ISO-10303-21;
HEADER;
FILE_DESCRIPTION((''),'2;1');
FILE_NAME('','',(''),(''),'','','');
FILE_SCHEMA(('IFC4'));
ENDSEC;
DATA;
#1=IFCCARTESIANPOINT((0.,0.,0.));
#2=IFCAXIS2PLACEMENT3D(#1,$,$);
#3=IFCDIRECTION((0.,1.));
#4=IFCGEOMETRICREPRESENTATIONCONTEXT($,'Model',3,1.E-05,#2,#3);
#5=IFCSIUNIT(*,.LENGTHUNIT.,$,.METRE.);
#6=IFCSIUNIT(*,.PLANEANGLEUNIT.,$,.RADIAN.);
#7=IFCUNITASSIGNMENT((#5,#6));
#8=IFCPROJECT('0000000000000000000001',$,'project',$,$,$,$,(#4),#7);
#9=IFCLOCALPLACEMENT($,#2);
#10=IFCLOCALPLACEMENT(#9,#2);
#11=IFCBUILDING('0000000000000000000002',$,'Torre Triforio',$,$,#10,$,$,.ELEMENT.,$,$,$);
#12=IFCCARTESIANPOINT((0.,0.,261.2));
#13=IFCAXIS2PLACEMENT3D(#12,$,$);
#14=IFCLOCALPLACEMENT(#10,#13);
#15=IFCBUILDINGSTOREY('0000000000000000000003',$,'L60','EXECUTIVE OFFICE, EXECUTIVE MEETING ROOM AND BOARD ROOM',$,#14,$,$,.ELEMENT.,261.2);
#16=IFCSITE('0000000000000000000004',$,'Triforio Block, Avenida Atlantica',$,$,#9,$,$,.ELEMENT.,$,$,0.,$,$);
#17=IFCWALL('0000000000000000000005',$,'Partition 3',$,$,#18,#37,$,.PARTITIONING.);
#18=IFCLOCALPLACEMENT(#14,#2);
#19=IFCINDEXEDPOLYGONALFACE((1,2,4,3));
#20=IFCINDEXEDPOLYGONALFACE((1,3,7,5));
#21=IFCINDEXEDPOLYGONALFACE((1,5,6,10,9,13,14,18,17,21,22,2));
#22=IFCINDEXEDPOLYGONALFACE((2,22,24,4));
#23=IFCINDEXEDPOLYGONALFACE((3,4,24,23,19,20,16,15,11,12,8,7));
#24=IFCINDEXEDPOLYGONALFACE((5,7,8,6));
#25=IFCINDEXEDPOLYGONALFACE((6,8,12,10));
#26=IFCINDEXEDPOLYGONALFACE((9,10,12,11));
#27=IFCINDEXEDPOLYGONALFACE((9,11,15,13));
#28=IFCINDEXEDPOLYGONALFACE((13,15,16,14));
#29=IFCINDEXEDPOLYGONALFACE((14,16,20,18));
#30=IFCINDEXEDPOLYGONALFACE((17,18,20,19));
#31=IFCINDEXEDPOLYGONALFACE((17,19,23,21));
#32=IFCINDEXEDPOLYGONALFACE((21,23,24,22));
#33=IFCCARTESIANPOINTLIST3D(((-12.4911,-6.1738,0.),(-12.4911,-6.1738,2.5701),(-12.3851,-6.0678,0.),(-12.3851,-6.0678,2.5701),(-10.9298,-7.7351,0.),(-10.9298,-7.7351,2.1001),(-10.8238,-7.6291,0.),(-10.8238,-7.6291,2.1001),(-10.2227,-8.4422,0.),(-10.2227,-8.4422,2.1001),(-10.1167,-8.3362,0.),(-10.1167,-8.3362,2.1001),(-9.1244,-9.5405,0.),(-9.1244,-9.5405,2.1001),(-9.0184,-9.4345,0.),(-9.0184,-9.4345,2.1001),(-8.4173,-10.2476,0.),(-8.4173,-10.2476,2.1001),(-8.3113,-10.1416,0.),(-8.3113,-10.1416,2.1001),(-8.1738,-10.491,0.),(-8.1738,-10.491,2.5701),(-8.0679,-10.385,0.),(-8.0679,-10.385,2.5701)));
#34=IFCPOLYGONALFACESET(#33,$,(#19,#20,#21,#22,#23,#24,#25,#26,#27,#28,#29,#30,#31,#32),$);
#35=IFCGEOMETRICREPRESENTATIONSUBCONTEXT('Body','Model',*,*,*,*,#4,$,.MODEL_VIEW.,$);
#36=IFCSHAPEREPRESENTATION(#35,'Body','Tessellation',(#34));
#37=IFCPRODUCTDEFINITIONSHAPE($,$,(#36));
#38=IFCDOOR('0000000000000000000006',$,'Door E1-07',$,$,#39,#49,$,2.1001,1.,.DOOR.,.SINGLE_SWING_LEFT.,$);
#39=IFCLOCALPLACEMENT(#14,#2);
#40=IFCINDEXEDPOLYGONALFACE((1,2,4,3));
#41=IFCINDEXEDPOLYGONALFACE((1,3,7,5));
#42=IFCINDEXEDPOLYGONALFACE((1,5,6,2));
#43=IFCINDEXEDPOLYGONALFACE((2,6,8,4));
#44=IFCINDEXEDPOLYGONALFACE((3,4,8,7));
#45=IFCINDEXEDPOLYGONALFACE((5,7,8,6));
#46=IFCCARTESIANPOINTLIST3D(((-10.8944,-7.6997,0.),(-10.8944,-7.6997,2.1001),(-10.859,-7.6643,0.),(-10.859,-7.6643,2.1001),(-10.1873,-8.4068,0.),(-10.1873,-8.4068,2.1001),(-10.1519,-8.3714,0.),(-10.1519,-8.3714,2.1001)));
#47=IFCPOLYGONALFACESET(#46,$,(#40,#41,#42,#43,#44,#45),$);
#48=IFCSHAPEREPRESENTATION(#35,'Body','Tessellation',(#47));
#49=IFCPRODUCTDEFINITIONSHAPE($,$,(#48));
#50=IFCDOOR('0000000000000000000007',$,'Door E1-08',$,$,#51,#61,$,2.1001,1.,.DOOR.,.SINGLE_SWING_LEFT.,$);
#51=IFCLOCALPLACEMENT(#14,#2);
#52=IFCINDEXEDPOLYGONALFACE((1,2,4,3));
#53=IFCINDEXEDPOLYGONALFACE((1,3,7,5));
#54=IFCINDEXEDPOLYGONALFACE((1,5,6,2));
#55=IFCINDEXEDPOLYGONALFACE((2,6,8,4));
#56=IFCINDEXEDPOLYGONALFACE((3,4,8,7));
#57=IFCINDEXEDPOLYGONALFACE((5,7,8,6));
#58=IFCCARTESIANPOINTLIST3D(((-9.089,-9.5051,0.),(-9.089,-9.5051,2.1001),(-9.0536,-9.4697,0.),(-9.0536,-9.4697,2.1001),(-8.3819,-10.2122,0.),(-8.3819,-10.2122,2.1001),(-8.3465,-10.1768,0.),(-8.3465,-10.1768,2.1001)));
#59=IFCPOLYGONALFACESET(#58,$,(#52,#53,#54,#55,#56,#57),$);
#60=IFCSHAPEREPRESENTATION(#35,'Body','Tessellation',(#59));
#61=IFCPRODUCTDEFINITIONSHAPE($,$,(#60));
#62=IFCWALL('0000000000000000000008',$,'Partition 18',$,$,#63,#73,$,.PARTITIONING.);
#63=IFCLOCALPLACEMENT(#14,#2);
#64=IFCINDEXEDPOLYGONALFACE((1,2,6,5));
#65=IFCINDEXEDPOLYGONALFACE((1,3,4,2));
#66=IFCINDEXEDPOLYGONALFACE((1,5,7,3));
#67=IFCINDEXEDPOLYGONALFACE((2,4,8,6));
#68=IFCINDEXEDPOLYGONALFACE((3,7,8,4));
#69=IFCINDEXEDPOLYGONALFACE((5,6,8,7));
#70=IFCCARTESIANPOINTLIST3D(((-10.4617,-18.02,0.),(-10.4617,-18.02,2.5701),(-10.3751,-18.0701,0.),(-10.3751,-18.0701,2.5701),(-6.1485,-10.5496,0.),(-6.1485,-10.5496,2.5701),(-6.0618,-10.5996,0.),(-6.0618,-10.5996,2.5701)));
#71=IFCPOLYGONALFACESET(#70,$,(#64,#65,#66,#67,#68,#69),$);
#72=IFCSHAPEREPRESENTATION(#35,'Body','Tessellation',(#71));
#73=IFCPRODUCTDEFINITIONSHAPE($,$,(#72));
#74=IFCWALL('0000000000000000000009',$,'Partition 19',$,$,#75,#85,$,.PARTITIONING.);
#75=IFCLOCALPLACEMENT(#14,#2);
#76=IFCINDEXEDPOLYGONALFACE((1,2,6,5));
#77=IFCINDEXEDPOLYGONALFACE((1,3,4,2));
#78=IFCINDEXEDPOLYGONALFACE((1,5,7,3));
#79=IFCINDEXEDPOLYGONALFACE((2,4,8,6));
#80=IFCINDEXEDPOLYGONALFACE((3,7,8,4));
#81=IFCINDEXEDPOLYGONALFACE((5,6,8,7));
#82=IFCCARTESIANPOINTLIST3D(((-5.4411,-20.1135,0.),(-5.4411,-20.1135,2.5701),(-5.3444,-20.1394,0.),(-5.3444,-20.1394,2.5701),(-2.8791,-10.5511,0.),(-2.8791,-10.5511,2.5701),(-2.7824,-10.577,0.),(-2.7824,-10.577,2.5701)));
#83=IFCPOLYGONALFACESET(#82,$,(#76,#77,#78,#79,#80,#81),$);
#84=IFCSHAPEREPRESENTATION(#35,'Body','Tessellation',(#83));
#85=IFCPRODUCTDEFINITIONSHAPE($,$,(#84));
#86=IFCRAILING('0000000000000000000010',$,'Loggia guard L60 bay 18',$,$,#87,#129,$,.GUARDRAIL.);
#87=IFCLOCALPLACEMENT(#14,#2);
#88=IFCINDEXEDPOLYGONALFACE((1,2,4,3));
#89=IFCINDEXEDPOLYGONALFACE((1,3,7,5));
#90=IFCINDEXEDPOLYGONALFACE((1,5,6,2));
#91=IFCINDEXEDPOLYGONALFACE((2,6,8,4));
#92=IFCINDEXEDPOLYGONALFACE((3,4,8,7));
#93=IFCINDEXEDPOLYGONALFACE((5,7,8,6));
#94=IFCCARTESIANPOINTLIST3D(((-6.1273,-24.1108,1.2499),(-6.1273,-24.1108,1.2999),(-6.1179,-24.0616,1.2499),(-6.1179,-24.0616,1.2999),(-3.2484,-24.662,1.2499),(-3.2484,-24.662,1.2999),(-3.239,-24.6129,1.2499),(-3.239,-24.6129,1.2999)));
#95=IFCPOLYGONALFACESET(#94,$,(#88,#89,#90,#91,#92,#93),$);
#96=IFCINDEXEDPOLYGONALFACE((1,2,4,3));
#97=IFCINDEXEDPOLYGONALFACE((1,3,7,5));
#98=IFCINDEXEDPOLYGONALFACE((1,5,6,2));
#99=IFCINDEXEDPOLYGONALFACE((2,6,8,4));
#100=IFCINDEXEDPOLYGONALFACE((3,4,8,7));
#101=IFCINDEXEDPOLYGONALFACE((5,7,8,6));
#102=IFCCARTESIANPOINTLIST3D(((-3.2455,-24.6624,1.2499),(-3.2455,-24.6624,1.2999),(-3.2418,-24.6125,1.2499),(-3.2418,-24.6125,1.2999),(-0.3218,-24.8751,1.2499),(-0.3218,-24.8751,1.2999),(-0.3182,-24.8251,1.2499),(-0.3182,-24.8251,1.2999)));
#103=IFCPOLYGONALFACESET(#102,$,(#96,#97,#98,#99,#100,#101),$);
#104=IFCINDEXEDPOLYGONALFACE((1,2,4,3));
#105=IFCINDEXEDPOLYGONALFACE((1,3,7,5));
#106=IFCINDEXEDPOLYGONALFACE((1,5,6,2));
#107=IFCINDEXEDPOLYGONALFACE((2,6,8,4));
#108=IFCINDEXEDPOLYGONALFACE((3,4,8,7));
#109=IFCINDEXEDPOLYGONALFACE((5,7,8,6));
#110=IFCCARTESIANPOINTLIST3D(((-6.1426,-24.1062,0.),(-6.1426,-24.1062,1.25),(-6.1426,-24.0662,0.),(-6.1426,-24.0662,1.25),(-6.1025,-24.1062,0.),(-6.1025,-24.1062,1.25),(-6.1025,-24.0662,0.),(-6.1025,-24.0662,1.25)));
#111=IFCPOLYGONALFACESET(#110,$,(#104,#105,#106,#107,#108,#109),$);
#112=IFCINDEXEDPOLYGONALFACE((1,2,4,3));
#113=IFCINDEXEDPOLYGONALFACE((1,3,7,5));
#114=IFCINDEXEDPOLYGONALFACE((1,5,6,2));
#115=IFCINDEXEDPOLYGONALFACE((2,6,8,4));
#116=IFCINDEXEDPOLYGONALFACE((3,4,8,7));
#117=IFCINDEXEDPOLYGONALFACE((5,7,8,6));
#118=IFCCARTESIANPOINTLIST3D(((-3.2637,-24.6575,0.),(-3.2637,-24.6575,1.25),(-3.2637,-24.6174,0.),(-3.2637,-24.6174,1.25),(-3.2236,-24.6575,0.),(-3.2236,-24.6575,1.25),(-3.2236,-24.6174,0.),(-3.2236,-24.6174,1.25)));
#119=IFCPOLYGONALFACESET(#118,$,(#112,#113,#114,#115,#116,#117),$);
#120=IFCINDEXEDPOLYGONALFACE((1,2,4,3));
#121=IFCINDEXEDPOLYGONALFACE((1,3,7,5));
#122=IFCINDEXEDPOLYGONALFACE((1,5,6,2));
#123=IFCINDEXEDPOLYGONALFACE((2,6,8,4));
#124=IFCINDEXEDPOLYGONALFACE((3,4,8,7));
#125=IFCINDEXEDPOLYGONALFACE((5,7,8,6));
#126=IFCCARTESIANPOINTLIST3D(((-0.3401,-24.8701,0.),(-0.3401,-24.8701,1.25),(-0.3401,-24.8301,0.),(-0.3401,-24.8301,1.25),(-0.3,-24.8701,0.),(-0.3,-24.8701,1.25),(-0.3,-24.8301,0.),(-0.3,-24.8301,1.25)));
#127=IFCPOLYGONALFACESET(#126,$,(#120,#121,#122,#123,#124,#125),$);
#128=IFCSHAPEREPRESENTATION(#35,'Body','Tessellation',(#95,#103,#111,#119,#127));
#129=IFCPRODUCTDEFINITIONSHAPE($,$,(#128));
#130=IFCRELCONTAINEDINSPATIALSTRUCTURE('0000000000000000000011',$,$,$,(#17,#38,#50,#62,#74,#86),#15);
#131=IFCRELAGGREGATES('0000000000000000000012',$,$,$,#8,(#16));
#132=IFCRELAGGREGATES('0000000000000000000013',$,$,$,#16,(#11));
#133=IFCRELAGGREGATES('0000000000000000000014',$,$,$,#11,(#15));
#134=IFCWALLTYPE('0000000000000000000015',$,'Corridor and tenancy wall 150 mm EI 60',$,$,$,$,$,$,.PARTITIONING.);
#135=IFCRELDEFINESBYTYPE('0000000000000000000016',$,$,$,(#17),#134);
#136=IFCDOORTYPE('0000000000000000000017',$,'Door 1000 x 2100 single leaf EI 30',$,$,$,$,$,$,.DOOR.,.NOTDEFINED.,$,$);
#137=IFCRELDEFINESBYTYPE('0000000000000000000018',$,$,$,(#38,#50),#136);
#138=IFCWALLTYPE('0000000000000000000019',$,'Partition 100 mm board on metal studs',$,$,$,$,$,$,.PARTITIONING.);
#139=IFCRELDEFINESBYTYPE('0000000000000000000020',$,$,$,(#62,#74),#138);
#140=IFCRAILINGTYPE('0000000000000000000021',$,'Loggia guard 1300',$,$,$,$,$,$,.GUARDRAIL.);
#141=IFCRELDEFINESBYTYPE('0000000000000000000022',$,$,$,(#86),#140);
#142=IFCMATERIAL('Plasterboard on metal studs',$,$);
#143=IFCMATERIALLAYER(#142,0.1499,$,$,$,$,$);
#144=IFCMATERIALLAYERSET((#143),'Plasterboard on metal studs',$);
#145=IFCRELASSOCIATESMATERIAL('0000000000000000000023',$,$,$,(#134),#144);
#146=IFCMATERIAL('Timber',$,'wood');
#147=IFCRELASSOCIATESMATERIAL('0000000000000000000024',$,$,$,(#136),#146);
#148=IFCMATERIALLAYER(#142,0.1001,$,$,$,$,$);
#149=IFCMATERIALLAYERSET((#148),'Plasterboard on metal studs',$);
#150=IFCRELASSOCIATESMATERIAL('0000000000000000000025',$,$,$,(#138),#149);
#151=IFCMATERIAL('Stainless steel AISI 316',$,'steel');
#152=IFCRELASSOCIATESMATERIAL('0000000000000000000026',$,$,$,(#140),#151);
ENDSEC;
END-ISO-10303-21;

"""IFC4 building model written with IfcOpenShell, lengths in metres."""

from ifc_helpers import new_model, si_unit, direction, frame, frame_2d, origin, origin_2d, place, context, subcontext, project, spatial, rectangle, extrude, material, layer, layer_set, type_object, element, fill, save


model = new_model("IFC4")

# Units and contexts
model_context = context("Model", 3, precision=1e-05, world=origin(), true_north=direction((0.0, 1.0)))
body_context = subcontext(model_context, "Body", "Model", "MODEL_VIEW")
ifc_project = project(units=[si_unit("LENGTHUNIT", "METRE"), si_unit("PLANEANGLEUNIT", "RADIAN")], contexts=[model_context])

# Site, building, storey
site_placement = place(None, origin())
site = spatial("IfcSite", under=ifc_project, at=site_placement, Name="Triforio Block, Avenida Atlantica", CompositionType="ELEMENT", RefElevation=0.0)
building_placement = place(site_placement, origin())
building = spatial("IfcBuilding", under=site, at=building_placement, Name="Torre Triforio", CompositionType="ELEMENT")
storey_placement = place(building_placement, frame((0.0, 0.0, 261.2)))
storey = spatial("IfcBuildingStorey", under=building, at=storey_placement, Name="L60", Description="EXECUTIVE OFFICE, EXECUTIVE MEETING ROOM AND BOARD ROOM", CompositionType="ELEMENT", Elevation=261.2)

# Wall, openings, doors
ifc_material_1 = material(Name="Plasterboard on metal studs")
ifc_layer_1 = layer(ifc_material_1, 0.1499)
ifc_layer_set_1 = layer_set([ifc_layer_1], Name="Plasterboard on metal studs")
wall_type_1 = type_object("IfcWallType", Name="Corridor and tenancy wall 150 mm EI 60", PredefinedType="PARTITIONING", material=ifc_layer_set_1)
wall_1_placement = place(storey_placement, frame((-8.1208, -10.438, 0.0), z_axis=(0.0, 0.0, 1.0), x_axis=(-0.707107, 0.707107, 0.0)))
wall_1 = element("IfcWall", 1, at=wall_1_placement, inside=storey, type_object=wall_type_1, Name="Partition 3", PredefinedType="PARTITIONING", context=body_context, shape_type="SweptSolid", body=[
    extrude(rectangle(XDim=6.1055, YDim=0.1499, at=frame_2d((3.0527, 0.0))), origin(), (0.0, 0.0, 1.0), 2.5701),
])
opening_1_placement = place(wall_1_placement, frame((2.8975, 0.0, 0.0)))
opening_1 = element("IfcOpeningElement", 2, at=opening_1_placement, cuts=wall_1, PredefinedType="OPENING", context=body_context, shape_type="SweptSolid", body=[
    extrude(rectangle(XDim=1.0, YDim=2.1001, at=frame_2d((0.5, 1.05))), frame((0.0, 0.085, 0.0), z_axis=(0.0, -1.0, 0.0), x_axis=(1.0, 0.0, 0.0)), (0.0, 0.0, 1.0), 0.1699),
])
opening_2_placement = place(wall_1_placement, frame((0.3442, 0.0, 0.0)))
opening_2 = element("IfcOpeningElement", 3, at=opening_2_placement, cuts=wall_1, PredefinedType="OPENING", context=body_context, shape_type="SweptSolid", body=[
    extrude(rectangle(XDim=1.0, YDim=2.1001, at=frame_2d((0.5, 1.05))), frame((0.0, 0.085, 0.0), z_axis=(0.0, -1.0, 0.0), x_axis=(1.0, 0.0, 0.0)), (0.0, 0.0, 1.0), 0.1699),
])
ifc_material_2 = material(Name="Timber", Category="wood")
door_type_1 = type_object("IfcDoorType", Name="Door 1000 x 2100 single leaf EI 30", OperationType="NOTDEFINED", PredefinedType="DOOR", material=ifc_material_2)
door_1_placement = place(opening_1_placement, origin())
door_1 = element("IfcDoor", 4, at=door_1_placement, inside=storey, type_object=door_type_1, Name="Door E1-07", OperationType="SINGLE_SWING_LEFT", OverallHeight=2.1001, OverallWidth=1.0, PredefinedType="DOOR", context=body_context, shape_type="SweptSolid", body=[
    extrude(rectangle(XDim=1.0, YDim=2.1001, at=frame_2d((0.5, 1.05))), frame((0.0, 0.0249, 0.0), z_axis=(0.0, -1.0, 0.0), x_axis=(1.0, 0.0, 0.0)), (0.0, 0.0, 1.0), 0.05),
])
fill(opening_1, door_1)
door_2_placement = place(opening_2_placement, origin())
door_2 = element("IfcDoor", 5, at=door_2_placement, inside=storey, type_object=door_type_1, Name="Door E1-08", OperationType="SINGLE_SWING_LEFT", OverallHeight=2.1001, OverallWidth=1.0, PredefinedType="DOOR", context=body_context, shape_type="SweptSolid", body=[
    extrude(rectangle(XDim=1.0, YDim=2.1001, at=frame_2d((0.5, 1.05))), frame((0.0, 0.0249, 0.0), z_axis=(0.0, -1.0, 0.0), x_axis=(1.0, 0.0, 0.0)), (0.0, 0.0, 1.0), 0.05),
])
fill(opening_2, door_2)

# Walls
ifc_layer_2 = layer(ifc_material_1, 0.1001)
ifc_layer_set_2 = layer_set([ifc_layer_2], Name="Plasterboard on metal studs")
wall_type_2 = type_object("IfcWallType", Name="Partition 100 mm board on metal studs", PredefinedType="PARTITIONING", material=ifc_layer_set_2)
wall_2_placement = place(storey_placement, frame((-6.1052, -10.5747, 0.0), z_axis=(0.0, 0.0, 1.0), x_axis=(-0.500014, -0.866017, 0.0)))
element("IfcWall", 6, at=wall_2_placement, inside=storey, type_object=wall_type_2, Name="Partition 18", PredefinedType="PARTITIONING", context=body_context, shape_type="SweptSolid", body=[
    extrude(rectangle(XDim=8.6262, YDim=0.1001, at=frame_2d((4.313, 0.0))), origin(), (0.0, 0.0, 1.0), 2.5701),
])
wall_3_placement = place(storey_placement, frame((-2.8308, -10.5642, 0.0), z_axis=(0.0, 0.0, 1.0), x_axis=(-0.258795, -0.965932, 0.0)))
element("IfcWall", 7, at=wall_3_placement, inside=storey, type_object=wall_type_2, Name="Partition 19", PredefinedType="PARTITIONING", context=body_context, shape_type="SweptSolid", body=[
    extrude(rectangle(XDim=9.8997, YDim=0.1001, at=frame_2d((4.9497, 0.0))), origin(), (0.0, 0.0, 1.0), 2.5701),
])

# Railing
ifc_material_3 = material(Name="Stainless steel AISI 316", Category="steel")
railing_type = type_object("IfcRailingType", Name="Loggia guard 1300", PredefinedType="GUARDRAIL", material=ifc_material_3)
railing_placement = place(storey_placement, frame((-6.1226, -24.0862, 0.0)))
element("IfcRailing", 8, at=railing_placement, inside=storey, type_object=railing_type, Name="Loggia guard L60 bay 18", PredefinedType="GUARDRAIL", context=body_context, shape_type="SweptSolid", body=[
    extrude(rectangle(XDim=0.05, YDim=0.05, at=origin_2d()), frame((0.0, 0.0, 1.2749), z_axis=(0.982156, -0.188069, 0.0), x_axis=(0.188069, 0.982156, 0.0)), (0.0, 0.0, 1.0), 2.9312),
    extrude(rectangle(XDim=0.05, YDim=0.05, at=origin_2d()), frame((2.8789, -0.5513, 1.2749), z_axis=(0.997365, -0.072543, 0.0), x_axis=(0.072543, 0.997365, 0.0)), (0.0, 0.0, 1.0), 2.9314),
    extrude(rectangle(XDim=0.04, YDim=0.04, at=origin_2d()), origin(), (0.0, 0.0, 1.0), 1.25),
    extrude(rectangle(XDim=0.04, YDim=0.04, at=origin_2d()), frame((2.8789, -0.5513, 0.0)), (0.0, 0.0, 1.0), 1.25),
    extrude(rectangle(XDim=0.04, YDim=0.04, at=origin_2d()), frame((5.8025, -0.7639, 0.0)), (0.0, 0.0, 1.0), 1.25),
])

save(model, "model.ifc")
